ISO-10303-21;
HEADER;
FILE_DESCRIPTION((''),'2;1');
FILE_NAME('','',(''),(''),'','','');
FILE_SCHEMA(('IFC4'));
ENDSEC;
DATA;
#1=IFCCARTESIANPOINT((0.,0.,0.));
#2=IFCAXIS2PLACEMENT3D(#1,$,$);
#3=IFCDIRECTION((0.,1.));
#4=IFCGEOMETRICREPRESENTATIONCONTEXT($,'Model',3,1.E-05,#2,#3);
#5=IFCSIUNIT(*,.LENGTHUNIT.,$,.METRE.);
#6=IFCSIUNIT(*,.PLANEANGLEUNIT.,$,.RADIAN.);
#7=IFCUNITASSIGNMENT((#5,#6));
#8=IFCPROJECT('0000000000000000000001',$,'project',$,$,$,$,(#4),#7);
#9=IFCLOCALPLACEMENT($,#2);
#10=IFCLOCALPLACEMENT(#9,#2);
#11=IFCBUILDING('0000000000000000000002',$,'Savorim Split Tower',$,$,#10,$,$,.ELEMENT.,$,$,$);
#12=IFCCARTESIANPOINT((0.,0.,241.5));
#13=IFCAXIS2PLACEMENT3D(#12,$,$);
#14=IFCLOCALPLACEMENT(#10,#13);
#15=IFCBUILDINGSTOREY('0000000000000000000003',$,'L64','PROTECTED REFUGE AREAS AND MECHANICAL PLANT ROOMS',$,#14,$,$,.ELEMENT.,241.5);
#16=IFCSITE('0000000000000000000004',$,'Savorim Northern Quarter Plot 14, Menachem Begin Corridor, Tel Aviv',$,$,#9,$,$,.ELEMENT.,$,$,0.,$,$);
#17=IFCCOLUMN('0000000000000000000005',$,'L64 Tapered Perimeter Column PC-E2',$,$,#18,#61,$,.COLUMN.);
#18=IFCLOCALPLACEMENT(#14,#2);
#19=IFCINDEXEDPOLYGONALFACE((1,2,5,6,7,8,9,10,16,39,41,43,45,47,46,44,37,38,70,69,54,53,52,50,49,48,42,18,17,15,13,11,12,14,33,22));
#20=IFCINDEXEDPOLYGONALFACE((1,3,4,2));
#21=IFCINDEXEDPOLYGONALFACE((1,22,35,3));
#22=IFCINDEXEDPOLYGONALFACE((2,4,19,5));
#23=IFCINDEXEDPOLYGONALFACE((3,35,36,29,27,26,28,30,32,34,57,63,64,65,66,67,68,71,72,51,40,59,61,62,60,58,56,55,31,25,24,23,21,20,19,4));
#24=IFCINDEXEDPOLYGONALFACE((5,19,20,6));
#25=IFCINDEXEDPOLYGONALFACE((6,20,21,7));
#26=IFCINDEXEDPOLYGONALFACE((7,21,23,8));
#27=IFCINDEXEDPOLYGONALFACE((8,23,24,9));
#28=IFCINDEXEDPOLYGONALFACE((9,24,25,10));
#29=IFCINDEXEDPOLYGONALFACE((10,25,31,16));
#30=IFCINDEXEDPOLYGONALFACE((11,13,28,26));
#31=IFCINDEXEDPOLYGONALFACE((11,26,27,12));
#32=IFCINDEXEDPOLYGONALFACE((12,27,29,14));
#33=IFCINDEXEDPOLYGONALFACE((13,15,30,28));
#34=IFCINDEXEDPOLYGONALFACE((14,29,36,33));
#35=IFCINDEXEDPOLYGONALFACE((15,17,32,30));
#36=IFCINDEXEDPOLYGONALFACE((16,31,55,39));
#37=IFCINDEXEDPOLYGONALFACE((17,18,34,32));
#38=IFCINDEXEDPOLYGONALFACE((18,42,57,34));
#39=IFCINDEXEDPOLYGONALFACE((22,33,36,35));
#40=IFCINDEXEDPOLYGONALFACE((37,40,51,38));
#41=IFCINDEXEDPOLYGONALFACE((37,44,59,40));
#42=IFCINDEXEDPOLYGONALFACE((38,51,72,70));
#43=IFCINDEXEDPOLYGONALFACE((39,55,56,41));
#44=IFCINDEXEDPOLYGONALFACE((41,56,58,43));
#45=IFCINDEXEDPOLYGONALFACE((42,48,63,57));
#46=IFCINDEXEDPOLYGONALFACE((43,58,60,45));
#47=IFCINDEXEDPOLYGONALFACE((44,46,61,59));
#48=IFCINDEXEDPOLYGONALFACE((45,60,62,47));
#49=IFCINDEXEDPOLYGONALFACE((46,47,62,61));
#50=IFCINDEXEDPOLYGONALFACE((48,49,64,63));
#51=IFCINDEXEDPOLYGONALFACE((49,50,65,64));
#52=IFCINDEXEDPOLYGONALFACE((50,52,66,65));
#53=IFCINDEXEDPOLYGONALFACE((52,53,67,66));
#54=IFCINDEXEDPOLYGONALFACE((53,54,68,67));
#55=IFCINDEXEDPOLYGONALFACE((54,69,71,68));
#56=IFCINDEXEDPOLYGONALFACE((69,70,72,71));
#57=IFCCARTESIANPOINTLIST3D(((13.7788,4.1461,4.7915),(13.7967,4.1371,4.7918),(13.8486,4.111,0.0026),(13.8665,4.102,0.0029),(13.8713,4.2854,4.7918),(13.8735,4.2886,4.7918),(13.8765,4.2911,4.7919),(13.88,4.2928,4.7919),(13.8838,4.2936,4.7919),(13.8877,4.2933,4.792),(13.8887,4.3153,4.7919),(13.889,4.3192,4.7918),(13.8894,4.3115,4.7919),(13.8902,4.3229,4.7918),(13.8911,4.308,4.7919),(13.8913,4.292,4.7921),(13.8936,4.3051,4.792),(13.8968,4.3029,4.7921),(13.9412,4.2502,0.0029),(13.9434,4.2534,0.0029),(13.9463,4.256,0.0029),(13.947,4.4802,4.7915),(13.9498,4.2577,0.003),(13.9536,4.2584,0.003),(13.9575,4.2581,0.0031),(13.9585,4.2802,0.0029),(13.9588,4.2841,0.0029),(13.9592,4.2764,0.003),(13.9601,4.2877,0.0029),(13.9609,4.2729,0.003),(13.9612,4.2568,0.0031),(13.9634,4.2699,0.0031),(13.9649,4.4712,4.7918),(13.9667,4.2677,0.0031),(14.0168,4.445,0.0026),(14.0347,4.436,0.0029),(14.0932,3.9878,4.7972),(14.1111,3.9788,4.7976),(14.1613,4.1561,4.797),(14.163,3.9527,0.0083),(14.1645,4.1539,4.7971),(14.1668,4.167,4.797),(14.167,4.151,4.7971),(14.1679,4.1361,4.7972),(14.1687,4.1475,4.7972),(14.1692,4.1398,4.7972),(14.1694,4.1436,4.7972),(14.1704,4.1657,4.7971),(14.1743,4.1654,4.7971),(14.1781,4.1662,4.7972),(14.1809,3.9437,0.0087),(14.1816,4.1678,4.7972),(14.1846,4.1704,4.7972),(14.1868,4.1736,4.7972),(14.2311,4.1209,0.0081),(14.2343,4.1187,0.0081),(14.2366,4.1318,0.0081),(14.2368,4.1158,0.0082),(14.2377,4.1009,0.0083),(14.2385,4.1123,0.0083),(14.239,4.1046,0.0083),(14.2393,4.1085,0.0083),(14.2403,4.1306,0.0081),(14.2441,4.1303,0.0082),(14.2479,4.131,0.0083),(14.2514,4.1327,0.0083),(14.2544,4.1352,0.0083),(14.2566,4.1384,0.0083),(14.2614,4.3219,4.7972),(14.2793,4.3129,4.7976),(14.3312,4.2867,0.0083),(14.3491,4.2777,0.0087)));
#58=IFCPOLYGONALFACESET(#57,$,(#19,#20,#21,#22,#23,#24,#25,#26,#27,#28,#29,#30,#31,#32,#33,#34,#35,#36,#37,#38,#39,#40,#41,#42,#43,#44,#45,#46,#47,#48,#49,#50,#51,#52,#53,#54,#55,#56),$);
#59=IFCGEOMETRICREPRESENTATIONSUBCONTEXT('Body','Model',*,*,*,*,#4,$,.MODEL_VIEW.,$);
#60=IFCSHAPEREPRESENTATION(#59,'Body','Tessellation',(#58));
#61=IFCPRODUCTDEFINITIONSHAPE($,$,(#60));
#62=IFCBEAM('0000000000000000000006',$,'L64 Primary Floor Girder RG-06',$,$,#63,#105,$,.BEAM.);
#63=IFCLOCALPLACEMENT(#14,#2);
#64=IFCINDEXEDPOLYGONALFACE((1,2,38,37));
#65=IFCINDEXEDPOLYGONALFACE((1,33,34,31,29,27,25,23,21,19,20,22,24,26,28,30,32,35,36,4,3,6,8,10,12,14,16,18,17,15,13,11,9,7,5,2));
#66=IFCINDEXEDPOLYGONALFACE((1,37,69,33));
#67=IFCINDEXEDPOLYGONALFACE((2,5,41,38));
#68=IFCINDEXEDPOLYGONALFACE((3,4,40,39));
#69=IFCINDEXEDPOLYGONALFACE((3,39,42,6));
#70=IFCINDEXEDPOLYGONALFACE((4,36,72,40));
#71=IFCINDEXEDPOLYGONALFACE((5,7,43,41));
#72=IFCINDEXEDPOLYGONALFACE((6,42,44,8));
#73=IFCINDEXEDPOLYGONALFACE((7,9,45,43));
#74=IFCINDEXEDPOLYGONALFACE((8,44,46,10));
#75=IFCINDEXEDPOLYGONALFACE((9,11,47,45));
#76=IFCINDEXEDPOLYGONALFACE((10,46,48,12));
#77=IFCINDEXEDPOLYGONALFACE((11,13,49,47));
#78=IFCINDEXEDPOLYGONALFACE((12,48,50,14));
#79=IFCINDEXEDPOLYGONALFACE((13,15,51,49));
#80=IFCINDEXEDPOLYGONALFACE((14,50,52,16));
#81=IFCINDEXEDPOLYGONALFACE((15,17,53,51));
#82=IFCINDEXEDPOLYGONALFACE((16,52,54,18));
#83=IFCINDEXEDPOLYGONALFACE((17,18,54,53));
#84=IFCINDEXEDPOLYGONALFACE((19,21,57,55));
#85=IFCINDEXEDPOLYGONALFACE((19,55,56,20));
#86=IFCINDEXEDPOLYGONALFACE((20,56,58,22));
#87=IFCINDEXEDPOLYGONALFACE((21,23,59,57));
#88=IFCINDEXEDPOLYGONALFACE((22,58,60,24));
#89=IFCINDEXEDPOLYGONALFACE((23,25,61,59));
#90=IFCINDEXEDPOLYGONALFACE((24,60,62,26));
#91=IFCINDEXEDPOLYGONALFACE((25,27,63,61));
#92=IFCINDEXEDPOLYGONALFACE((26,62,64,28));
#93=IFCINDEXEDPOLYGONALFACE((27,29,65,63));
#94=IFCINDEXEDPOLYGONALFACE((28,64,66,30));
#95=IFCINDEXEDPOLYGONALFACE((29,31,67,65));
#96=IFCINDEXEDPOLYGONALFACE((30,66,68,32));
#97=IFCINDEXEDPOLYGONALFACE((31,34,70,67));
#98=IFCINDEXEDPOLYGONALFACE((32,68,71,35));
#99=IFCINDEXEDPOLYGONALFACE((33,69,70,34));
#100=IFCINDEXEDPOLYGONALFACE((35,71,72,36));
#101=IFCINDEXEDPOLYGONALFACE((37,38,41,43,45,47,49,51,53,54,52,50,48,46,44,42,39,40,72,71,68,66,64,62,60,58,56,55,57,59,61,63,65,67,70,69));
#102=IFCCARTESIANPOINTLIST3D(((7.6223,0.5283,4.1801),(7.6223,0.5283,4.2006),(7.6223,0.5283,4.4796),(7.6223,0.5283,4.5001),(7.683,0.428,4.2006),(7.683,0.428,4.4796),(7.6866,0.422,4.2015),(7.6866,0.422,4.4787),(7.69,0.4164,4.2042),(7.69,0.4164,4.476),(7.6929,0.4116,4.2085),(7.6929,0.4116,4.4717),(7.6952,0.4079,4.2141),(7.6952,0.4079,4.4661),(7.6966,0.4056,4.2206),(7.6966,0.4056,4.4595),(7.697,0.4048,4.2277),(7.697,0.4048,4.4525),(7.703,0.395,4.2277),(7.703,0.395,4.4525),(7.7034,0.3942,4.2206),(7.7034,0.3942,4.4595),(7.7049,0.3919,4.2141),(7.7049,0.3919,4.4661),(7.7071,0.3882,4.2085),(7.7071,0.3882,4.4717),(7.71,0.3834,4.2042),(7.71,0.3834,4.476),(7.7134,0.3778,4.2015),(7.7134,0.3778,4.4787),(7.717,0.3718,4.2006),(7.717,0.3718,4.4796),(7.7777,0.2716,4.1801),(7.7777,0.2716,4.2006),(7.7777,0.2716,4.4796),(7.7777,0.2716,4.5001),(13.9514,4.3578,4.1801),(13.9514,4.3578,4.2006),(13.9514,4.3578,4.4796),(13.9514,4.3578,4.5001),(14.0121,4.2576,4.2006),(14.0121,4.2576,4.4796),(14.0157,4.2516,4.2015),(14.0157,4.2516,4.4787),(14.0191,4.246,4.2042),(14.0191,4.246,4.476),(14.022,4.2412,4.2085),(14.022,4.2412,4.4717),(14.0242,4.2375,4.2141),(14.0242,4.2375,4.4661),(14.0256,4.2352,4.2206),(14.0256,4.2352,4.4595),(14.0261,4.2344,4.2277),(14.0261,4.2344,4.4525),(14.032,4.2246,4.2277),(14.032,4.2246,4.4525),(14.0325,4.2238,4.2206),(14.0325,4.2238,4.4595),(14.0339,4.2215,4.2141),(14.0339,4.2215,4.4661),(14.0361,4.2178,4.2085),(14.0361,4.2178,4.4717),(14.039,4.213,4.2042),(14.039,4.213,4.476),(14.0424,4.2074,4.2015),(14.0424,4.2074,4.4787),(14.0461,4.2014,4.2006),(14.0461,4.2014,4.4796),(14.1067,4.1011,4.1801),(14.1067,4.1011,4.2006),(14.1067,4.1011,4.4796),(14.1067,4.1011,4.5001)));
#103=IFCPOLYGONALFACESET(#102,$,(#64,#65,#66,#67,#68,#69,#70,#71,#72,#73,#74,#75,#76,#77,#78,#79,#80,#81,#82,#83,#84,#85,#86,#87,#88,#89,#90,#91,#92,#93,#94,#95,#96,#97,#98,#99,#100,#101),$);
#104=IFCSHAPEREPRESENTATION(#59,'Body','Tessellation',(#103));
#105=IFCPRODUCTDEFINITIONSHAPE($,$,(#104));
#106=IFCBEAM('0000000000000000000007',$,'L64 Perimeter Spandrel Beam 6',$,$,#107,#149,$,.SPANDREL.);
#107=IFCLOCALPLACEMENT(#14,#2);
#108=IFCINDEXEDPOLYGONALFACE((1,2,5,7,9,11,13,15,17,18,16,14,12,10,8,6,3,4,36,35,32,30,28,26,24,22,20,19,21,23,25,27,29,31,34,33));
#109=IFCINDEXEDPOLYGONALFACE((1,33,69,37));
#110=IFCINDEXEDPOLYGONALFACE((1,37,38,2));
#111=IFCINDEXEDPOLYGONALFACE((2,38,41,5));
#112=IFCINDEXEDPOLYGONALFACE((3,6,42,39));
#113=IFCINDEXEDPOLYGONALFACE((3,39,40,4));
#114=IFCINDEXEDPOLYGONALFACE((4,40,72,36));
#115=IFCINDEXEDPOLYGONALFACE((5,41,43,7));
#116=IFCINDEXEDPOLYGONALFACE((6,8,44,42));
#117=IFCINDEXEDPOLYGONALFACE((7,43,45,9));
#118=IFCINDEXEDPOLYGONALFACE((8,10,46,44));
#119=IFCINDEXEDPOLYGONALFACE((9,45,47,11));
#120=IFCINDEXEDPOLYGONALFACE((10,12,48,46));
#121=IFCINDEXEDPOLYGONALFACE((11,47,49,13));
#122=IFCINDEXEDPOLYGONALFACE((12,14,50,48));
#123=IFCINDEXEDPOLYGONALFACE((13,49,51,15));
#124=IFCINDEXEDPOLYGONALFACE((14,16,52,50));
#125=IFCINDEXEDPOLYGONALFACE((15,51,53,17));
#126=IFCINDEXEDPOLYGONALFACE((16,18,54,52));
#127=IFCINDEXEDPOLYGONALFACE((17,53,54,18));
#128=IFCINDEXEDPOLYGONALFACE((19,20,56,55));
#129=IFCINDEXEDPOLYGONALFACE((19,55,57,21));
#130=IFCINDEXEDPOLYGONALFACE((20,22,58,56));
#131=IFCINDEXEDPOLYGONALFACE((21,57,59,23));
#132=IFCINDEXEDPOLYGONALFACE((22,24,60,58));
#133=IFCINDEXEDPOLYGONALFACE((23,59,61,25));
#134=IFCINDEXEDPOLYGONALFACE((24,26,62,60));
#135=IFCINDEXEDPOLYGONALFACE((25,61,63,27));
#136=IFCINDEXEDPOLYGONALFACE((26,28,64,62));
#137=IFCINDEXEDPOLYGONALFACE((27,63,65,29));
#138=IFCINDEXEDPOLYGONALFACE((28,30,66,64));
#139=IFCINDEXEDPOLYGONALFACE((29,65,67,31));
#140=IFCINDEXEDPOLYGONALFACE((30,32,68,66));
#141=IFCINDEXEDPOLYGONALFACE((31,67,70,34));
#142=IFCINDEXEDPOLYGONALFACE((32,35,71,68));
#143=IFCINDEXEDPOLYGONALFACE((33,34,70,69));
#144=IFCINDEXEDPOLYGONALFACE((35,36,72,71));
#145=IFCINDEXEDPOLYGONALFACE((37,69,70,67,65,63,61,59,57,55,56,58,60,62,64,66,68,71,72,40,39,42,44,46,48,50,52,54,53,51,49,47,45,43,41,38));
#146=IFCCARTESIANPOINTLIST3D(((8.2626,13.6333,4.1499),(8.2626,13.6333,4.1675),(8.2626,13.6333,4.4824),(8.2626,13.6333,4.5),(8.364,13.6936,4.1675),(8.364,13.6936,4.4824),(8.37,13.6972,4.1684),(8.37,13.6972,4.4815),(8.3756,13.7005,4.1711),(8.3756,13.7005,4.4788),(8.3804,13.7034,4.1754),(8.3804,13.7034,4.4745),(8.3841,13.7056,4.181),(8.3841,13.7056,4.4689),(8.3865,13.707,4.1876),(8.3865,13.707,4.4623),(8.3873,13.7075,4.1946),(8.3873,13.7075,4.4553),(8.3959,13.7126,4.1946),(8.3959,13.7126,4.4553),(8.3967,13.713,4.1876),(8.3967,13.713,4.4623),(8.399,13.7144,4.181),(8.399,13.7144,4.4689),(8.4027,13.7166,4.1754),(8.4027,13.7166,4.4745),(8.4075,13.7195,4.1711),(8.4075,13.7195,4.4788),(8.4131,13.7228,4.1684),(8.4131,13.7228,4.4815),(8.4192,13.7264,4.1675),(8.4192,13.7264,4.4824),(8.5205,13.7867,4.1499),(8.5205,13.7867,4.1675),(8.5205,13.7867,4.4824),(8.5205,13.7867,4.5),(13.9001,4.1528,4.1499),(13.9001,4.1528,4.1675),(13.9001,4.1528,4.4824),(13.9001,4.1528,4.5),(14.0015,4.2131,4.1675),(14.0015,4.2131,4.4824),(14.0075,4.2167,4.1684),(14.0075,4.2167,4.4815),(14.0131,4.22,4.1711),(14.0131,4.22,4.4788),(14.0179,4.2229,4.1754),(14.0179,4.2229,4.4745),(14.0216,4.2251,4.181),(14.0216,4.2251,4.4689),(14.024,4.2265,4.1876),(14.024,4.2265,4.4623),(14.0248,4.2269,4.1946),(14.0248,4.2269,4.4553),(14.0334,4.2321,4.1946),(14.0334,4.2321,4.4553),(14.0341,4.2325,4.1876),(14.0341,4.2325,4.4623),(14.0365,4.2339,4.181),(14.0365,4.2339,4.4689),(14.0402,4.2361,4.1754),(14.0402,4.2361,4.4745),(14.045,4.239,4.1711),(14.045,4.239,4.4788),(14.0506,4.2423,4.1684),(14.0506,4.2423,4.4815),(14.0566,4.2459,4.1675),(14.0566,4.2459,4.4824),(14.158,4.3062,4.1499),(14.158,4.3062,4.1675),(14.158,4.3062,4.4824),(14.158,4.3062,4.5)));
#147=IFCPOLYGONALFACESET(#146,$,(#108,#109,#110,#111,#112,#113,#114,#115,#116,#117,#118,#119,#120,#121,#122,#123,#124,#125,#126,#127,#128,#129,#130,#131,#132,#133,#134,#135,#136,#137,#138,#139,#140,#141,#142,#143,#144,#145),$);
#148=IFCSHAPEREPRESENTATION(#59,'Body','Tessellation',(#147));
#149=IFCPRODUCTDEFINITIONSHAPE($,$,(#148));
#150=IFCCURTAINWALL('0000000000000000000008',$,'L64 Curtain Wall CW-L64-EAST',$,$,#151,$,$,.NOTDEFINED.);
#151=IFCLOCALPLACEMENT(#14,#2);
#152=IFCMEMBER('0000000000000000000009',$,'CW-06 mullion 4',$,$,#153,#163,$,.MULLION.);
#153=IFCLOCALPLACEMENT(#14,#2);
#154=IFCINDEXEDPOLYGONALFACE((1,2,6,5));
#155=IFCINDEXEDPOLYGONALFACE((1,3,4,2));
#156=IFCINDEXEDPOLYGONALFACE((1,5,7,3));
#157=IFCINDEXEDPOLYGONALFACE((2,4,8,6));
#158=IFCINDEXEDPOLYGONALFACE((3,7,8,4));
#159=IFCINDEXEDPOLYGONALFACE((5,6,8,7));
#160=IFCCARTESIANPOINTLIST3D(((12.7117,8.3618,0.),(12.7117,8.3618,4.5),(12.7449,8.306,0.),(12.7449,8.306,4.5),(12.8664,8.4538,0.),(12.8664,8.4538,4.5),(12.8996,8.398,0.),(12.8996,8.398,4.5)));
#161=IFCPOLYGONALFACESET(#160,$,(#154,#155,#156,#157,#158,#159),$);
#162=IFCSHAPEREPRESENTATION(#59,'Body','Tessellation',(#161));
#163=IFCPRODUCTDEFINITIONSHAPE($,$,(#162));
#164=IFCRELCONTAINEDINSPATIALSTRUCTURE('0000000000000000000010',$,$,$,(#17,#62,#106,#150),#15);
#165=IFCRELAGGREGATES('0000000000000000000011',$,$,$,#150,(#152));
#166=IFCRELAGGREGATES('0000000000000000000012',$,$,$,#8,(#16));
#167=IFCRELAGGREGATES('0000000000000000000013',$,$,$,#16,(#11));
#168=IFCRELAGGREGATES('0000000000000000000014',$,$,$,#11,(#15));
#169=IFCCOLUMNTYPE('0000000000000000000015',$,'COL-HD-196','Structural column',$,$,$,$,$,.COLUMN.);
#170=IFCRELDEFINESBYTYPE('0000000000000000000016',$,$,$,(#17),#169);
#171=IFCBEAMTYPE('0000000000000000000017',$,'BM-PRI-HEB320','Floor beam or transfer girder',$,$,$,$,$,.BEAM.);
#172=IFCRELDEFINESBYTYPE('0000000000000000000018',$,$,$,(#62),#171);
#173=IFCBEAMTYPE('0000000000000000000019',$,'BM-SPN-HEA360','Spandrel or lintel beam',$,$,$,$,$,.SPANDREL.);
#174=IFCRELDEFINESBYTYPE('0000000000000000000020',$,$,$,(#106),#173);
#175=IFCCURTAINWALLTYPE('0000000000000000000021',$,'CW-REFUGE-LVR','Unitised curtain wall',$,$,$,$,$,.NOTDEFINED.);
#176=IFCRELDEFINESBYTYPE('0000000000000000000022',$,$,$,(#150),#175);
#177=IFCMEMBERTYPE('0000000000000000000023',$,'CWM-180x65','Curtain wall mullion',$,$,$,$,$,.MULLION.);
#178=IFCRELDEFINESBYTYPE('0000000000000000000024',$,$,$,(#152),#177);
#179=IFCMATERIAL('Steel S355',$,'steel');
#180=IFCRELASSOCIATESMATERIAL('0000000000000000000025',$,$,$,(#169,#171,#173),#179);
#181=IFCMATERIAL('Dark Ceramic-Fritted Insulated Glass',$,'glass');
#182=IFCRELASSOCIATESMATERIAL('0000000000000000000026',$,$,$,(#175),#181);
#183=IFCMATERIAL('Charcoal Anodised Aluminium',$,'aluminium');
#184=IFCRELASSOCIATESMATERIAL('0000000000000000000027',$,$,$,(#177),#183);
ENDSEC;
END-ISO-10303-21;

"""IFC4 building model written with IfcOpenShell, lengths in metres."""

from ifc_helpers import new_model, si_unit, direction, frame, origin, origin_2d, place, context, subcontext, project, spatial, rectangle, i_section, extrude, material, material_profile, profile_set, type_object, element, aggregate, save


model = new_model("IFC4")

# Units and contexts
model_context = context("Model", 3, precision=1e-05, world=origin(), true_north=direction((0.0, 1.0)))
body_context = subcontext(model_context, "Body", "Model", "MODEL_VIEW")
ifc_project = project(units=[si_unit("LENGTHUNIT", "METRE"), si_unit("PLANEANGLEUNIT", "RADIAN")], contexts=[model_context])

# Site, building, storey
site_placement = place(None, origin())
site = spatial("IfcSite", under=ifc_project, at=site_placement, Name="Savorim Northern Quarter Plot 14, Menachem Begin Corridor, Tel Aviv", CompositionType="ELEMENT", RefElevation=0.0)
building_placement = place(site_placement, origin())
building = spatial("IfcBuilding", under=site, at=building_placement, Name="Savorim Split Tower", CompositionType="ELEMENT")
storey_placement = place(building_placement, frame((0.0, 0.0, 241.5)))
storey = spatial("IfcBuildingStorey", under=building, at=storey_placement, Name="L64", Description="PROTECTED REFUGE AREAS AND MECHANICAL PLANT ROOMS", CompositionType="ELEMENT", Elevation=241.5)

# Column
ifc_material_1 = material(Name="Steel S355", Category="steel")
ifc_material_profile_1 = material_profile(ifc_material_1, i_section(OverallWidth=0.374, OverallDepth=0.3721, WebThickness=0.0122, FlangeThickness=0.02, FilletRadius=0.0149, at=origin_2d()), Name="HD 360x196")
ifc_profile_set_1 = profile_set([ifc_material_profile_1], Name="Steel S355")
column_type = type_object("IfcColumnType", Name="COL-HD-196", Description="Structural column", PredefinedType="COLUMN", material=ifc_profile_set_1)
column_placement = place(storey_placement, frame((14.0989, 4.1943, 0.0056), z_axis=(-0.014579, 0.00734, 0.999867), x_axis=(-0.44971, -0.893175, 0.0)))
element("IfcColumn", 1, at=column_placement, inside=storey, type_object=column_type, Name="L64 Tapered Perimeter Column PC-E2", PredefinedType="COLUMN", context=body_context, shape_type="SweptSolid", body=[
    extrude(i_section(OverallWidth=0.374, OverallDepth=0.3721, WebThickness=0.0122, FlangeThickness=0.02, FilletRadius=0.0149, at=origin_2d()), origin(), (0.0, 0.0, 1.0), 4.7896),
])

# Beams
ifc_material_profile_2 = material_profile(ifc_material_1, i_section(OverallWidth=0.3, OverallDepth=0.3201, WebThickness=0.0115, FlangeThickness=0.0205, FilletRadius=0.0271, at=origin_2d()), Name="HEB 320")
ifc_profile_set_2 = profile_set([ifc_material_profile_2], Name="Steel S355")
beam_type_1 = type_object("IfcBeamType", Name="BM-PRI-HEB320", Description="Floor beam or transfer girder", PredefinedType="BEAM", material=ifc_profile_set_2)
beam_1_placement = place(storey_placement, frame((14.0291, 4.2295, 4.3401), z_axis=(-0.855571, -0.517686, 0.0), x_axis=(0.517686, -0.855571, 0.0)))
element("IfcBeam", 2, at=beam_1_placement, inside=storey, type_object=beam_type_1, Name="L64 Primary Floor Girder RG-06", PredefinedType="BEAM", context=body_context, shape_type="SweptSolid", body=[
    extrude(i_section(OverallWidth=0.3, OverallDepth=0.3201, WebThickness=0.0115, FlangeThickness=0.0205, FilletRadius=0.0271, at=origin_2d()), origin(), (0.0, 0.0, 1.0), 7.3975),
])
ifc_material_profile_3 = material_profile(ifc_material_1, i_section(OverallWidth=0.3, OverallDepth=0.3501, WebThickness=0.01, FlangeThickness=0.0176, FilletRadius=0.0271, at=origin_2d()), Name="HEA 360")
ifc_profile_set_3 = profile_set([ifc_material_profile_3], Name="Steel S355")
beam_type_2 = type_object("IfcBeamType", Name="BM-SPN-HEA360", Description="Spandrel or lintel beam", PredefinedType="SPANDREL", material=ifc_profile_set_3)
beam_2_placement = place(storey_placement, frame((14.0291, 4.2295, 4.325), z_axis=(-0.511103, 0.859519, 0.0), x_axis=(-0.859519, -0.511103, 0.0)))
element("IfcBeam", 3, at=beam_2_placement, inside=storey, type_object=beam_type_2, Name="L64 Perimeter Spandrel Beam 6", PredefinedType="SPANDREL", context=body_context, shape_type="SweptSolid", body=[
    extrude(i_section(OverallWidth=0.3, OverallDepth=0.3501, WebThickness=0.01, FlangeThickness=0.0176, FilletRadius=0.0271, at=origin_2d()), origin(), (0.0, 0.0, 1.0), 11.03),
])

# Curtain wall, member
ifc_material_2 = material(Name="Dark Ceramic-Fritted Insulated Glass", Category="glass")
curtain_wall_type = type_object("IfcCurtainWallType", Name="CW-REFUGE-LVR", Description="Unitised curtain wall", PredefinedType="NOTDEFINED", material=ifc_material_2)
curtain_wall_placement = place(storey_placement, origin())
curtain_wall = element("IfcCurtainWall", 4, at=curtain_wall_placement, inside=storey, type_object=curtain_wall_type, Name="L64 Curtain Wall CW-L64-EAST", PredefinedType="NOTDEFINED")
ifc_material_3 = material(Name="Charcoal Anodised Aluminium", Category="aluminium")
ifc_material_profile_4 = material_profile(ifc_material_3, rectangle(XDim=0.1799, YDim=0.0649, at=origin_2d()), Name="ALU-M 180x65")
ifc_profile_set_4 = profile_set([ifc_material_profile_4], Name="Charcoal Anodised Aluminium")
member_type_1 = type_object("IfcMemberType", Name="CWM-180x65", Description="Curtain wall mullion", PredefinedType="MULLION", material=ifc_profile_set_4)
member_1_placement = place(storey_placement, frame((12.8057, 8.3799, 0.0), z_axis=(0.0, 0.0, 1.0), x_axis=(-0.859527, -0.51109, 0.0)))
member_1 = element("IfcMember", 5, at=member_1_placement, type_object=member_type_1, Name="CW-06 mullion 4", PredefinedType="MULLION", context=body_context, shape_type="SweptSolid", body=[
    extrude(rectangle(XDim=0.1799, YDim=0.0649, at=origin_2d()), origin(), (0.0, 0.0, 1.0), 4.5),
])

aggregate(curtain_wall, [member_1])

save(model, "model.ifc")
